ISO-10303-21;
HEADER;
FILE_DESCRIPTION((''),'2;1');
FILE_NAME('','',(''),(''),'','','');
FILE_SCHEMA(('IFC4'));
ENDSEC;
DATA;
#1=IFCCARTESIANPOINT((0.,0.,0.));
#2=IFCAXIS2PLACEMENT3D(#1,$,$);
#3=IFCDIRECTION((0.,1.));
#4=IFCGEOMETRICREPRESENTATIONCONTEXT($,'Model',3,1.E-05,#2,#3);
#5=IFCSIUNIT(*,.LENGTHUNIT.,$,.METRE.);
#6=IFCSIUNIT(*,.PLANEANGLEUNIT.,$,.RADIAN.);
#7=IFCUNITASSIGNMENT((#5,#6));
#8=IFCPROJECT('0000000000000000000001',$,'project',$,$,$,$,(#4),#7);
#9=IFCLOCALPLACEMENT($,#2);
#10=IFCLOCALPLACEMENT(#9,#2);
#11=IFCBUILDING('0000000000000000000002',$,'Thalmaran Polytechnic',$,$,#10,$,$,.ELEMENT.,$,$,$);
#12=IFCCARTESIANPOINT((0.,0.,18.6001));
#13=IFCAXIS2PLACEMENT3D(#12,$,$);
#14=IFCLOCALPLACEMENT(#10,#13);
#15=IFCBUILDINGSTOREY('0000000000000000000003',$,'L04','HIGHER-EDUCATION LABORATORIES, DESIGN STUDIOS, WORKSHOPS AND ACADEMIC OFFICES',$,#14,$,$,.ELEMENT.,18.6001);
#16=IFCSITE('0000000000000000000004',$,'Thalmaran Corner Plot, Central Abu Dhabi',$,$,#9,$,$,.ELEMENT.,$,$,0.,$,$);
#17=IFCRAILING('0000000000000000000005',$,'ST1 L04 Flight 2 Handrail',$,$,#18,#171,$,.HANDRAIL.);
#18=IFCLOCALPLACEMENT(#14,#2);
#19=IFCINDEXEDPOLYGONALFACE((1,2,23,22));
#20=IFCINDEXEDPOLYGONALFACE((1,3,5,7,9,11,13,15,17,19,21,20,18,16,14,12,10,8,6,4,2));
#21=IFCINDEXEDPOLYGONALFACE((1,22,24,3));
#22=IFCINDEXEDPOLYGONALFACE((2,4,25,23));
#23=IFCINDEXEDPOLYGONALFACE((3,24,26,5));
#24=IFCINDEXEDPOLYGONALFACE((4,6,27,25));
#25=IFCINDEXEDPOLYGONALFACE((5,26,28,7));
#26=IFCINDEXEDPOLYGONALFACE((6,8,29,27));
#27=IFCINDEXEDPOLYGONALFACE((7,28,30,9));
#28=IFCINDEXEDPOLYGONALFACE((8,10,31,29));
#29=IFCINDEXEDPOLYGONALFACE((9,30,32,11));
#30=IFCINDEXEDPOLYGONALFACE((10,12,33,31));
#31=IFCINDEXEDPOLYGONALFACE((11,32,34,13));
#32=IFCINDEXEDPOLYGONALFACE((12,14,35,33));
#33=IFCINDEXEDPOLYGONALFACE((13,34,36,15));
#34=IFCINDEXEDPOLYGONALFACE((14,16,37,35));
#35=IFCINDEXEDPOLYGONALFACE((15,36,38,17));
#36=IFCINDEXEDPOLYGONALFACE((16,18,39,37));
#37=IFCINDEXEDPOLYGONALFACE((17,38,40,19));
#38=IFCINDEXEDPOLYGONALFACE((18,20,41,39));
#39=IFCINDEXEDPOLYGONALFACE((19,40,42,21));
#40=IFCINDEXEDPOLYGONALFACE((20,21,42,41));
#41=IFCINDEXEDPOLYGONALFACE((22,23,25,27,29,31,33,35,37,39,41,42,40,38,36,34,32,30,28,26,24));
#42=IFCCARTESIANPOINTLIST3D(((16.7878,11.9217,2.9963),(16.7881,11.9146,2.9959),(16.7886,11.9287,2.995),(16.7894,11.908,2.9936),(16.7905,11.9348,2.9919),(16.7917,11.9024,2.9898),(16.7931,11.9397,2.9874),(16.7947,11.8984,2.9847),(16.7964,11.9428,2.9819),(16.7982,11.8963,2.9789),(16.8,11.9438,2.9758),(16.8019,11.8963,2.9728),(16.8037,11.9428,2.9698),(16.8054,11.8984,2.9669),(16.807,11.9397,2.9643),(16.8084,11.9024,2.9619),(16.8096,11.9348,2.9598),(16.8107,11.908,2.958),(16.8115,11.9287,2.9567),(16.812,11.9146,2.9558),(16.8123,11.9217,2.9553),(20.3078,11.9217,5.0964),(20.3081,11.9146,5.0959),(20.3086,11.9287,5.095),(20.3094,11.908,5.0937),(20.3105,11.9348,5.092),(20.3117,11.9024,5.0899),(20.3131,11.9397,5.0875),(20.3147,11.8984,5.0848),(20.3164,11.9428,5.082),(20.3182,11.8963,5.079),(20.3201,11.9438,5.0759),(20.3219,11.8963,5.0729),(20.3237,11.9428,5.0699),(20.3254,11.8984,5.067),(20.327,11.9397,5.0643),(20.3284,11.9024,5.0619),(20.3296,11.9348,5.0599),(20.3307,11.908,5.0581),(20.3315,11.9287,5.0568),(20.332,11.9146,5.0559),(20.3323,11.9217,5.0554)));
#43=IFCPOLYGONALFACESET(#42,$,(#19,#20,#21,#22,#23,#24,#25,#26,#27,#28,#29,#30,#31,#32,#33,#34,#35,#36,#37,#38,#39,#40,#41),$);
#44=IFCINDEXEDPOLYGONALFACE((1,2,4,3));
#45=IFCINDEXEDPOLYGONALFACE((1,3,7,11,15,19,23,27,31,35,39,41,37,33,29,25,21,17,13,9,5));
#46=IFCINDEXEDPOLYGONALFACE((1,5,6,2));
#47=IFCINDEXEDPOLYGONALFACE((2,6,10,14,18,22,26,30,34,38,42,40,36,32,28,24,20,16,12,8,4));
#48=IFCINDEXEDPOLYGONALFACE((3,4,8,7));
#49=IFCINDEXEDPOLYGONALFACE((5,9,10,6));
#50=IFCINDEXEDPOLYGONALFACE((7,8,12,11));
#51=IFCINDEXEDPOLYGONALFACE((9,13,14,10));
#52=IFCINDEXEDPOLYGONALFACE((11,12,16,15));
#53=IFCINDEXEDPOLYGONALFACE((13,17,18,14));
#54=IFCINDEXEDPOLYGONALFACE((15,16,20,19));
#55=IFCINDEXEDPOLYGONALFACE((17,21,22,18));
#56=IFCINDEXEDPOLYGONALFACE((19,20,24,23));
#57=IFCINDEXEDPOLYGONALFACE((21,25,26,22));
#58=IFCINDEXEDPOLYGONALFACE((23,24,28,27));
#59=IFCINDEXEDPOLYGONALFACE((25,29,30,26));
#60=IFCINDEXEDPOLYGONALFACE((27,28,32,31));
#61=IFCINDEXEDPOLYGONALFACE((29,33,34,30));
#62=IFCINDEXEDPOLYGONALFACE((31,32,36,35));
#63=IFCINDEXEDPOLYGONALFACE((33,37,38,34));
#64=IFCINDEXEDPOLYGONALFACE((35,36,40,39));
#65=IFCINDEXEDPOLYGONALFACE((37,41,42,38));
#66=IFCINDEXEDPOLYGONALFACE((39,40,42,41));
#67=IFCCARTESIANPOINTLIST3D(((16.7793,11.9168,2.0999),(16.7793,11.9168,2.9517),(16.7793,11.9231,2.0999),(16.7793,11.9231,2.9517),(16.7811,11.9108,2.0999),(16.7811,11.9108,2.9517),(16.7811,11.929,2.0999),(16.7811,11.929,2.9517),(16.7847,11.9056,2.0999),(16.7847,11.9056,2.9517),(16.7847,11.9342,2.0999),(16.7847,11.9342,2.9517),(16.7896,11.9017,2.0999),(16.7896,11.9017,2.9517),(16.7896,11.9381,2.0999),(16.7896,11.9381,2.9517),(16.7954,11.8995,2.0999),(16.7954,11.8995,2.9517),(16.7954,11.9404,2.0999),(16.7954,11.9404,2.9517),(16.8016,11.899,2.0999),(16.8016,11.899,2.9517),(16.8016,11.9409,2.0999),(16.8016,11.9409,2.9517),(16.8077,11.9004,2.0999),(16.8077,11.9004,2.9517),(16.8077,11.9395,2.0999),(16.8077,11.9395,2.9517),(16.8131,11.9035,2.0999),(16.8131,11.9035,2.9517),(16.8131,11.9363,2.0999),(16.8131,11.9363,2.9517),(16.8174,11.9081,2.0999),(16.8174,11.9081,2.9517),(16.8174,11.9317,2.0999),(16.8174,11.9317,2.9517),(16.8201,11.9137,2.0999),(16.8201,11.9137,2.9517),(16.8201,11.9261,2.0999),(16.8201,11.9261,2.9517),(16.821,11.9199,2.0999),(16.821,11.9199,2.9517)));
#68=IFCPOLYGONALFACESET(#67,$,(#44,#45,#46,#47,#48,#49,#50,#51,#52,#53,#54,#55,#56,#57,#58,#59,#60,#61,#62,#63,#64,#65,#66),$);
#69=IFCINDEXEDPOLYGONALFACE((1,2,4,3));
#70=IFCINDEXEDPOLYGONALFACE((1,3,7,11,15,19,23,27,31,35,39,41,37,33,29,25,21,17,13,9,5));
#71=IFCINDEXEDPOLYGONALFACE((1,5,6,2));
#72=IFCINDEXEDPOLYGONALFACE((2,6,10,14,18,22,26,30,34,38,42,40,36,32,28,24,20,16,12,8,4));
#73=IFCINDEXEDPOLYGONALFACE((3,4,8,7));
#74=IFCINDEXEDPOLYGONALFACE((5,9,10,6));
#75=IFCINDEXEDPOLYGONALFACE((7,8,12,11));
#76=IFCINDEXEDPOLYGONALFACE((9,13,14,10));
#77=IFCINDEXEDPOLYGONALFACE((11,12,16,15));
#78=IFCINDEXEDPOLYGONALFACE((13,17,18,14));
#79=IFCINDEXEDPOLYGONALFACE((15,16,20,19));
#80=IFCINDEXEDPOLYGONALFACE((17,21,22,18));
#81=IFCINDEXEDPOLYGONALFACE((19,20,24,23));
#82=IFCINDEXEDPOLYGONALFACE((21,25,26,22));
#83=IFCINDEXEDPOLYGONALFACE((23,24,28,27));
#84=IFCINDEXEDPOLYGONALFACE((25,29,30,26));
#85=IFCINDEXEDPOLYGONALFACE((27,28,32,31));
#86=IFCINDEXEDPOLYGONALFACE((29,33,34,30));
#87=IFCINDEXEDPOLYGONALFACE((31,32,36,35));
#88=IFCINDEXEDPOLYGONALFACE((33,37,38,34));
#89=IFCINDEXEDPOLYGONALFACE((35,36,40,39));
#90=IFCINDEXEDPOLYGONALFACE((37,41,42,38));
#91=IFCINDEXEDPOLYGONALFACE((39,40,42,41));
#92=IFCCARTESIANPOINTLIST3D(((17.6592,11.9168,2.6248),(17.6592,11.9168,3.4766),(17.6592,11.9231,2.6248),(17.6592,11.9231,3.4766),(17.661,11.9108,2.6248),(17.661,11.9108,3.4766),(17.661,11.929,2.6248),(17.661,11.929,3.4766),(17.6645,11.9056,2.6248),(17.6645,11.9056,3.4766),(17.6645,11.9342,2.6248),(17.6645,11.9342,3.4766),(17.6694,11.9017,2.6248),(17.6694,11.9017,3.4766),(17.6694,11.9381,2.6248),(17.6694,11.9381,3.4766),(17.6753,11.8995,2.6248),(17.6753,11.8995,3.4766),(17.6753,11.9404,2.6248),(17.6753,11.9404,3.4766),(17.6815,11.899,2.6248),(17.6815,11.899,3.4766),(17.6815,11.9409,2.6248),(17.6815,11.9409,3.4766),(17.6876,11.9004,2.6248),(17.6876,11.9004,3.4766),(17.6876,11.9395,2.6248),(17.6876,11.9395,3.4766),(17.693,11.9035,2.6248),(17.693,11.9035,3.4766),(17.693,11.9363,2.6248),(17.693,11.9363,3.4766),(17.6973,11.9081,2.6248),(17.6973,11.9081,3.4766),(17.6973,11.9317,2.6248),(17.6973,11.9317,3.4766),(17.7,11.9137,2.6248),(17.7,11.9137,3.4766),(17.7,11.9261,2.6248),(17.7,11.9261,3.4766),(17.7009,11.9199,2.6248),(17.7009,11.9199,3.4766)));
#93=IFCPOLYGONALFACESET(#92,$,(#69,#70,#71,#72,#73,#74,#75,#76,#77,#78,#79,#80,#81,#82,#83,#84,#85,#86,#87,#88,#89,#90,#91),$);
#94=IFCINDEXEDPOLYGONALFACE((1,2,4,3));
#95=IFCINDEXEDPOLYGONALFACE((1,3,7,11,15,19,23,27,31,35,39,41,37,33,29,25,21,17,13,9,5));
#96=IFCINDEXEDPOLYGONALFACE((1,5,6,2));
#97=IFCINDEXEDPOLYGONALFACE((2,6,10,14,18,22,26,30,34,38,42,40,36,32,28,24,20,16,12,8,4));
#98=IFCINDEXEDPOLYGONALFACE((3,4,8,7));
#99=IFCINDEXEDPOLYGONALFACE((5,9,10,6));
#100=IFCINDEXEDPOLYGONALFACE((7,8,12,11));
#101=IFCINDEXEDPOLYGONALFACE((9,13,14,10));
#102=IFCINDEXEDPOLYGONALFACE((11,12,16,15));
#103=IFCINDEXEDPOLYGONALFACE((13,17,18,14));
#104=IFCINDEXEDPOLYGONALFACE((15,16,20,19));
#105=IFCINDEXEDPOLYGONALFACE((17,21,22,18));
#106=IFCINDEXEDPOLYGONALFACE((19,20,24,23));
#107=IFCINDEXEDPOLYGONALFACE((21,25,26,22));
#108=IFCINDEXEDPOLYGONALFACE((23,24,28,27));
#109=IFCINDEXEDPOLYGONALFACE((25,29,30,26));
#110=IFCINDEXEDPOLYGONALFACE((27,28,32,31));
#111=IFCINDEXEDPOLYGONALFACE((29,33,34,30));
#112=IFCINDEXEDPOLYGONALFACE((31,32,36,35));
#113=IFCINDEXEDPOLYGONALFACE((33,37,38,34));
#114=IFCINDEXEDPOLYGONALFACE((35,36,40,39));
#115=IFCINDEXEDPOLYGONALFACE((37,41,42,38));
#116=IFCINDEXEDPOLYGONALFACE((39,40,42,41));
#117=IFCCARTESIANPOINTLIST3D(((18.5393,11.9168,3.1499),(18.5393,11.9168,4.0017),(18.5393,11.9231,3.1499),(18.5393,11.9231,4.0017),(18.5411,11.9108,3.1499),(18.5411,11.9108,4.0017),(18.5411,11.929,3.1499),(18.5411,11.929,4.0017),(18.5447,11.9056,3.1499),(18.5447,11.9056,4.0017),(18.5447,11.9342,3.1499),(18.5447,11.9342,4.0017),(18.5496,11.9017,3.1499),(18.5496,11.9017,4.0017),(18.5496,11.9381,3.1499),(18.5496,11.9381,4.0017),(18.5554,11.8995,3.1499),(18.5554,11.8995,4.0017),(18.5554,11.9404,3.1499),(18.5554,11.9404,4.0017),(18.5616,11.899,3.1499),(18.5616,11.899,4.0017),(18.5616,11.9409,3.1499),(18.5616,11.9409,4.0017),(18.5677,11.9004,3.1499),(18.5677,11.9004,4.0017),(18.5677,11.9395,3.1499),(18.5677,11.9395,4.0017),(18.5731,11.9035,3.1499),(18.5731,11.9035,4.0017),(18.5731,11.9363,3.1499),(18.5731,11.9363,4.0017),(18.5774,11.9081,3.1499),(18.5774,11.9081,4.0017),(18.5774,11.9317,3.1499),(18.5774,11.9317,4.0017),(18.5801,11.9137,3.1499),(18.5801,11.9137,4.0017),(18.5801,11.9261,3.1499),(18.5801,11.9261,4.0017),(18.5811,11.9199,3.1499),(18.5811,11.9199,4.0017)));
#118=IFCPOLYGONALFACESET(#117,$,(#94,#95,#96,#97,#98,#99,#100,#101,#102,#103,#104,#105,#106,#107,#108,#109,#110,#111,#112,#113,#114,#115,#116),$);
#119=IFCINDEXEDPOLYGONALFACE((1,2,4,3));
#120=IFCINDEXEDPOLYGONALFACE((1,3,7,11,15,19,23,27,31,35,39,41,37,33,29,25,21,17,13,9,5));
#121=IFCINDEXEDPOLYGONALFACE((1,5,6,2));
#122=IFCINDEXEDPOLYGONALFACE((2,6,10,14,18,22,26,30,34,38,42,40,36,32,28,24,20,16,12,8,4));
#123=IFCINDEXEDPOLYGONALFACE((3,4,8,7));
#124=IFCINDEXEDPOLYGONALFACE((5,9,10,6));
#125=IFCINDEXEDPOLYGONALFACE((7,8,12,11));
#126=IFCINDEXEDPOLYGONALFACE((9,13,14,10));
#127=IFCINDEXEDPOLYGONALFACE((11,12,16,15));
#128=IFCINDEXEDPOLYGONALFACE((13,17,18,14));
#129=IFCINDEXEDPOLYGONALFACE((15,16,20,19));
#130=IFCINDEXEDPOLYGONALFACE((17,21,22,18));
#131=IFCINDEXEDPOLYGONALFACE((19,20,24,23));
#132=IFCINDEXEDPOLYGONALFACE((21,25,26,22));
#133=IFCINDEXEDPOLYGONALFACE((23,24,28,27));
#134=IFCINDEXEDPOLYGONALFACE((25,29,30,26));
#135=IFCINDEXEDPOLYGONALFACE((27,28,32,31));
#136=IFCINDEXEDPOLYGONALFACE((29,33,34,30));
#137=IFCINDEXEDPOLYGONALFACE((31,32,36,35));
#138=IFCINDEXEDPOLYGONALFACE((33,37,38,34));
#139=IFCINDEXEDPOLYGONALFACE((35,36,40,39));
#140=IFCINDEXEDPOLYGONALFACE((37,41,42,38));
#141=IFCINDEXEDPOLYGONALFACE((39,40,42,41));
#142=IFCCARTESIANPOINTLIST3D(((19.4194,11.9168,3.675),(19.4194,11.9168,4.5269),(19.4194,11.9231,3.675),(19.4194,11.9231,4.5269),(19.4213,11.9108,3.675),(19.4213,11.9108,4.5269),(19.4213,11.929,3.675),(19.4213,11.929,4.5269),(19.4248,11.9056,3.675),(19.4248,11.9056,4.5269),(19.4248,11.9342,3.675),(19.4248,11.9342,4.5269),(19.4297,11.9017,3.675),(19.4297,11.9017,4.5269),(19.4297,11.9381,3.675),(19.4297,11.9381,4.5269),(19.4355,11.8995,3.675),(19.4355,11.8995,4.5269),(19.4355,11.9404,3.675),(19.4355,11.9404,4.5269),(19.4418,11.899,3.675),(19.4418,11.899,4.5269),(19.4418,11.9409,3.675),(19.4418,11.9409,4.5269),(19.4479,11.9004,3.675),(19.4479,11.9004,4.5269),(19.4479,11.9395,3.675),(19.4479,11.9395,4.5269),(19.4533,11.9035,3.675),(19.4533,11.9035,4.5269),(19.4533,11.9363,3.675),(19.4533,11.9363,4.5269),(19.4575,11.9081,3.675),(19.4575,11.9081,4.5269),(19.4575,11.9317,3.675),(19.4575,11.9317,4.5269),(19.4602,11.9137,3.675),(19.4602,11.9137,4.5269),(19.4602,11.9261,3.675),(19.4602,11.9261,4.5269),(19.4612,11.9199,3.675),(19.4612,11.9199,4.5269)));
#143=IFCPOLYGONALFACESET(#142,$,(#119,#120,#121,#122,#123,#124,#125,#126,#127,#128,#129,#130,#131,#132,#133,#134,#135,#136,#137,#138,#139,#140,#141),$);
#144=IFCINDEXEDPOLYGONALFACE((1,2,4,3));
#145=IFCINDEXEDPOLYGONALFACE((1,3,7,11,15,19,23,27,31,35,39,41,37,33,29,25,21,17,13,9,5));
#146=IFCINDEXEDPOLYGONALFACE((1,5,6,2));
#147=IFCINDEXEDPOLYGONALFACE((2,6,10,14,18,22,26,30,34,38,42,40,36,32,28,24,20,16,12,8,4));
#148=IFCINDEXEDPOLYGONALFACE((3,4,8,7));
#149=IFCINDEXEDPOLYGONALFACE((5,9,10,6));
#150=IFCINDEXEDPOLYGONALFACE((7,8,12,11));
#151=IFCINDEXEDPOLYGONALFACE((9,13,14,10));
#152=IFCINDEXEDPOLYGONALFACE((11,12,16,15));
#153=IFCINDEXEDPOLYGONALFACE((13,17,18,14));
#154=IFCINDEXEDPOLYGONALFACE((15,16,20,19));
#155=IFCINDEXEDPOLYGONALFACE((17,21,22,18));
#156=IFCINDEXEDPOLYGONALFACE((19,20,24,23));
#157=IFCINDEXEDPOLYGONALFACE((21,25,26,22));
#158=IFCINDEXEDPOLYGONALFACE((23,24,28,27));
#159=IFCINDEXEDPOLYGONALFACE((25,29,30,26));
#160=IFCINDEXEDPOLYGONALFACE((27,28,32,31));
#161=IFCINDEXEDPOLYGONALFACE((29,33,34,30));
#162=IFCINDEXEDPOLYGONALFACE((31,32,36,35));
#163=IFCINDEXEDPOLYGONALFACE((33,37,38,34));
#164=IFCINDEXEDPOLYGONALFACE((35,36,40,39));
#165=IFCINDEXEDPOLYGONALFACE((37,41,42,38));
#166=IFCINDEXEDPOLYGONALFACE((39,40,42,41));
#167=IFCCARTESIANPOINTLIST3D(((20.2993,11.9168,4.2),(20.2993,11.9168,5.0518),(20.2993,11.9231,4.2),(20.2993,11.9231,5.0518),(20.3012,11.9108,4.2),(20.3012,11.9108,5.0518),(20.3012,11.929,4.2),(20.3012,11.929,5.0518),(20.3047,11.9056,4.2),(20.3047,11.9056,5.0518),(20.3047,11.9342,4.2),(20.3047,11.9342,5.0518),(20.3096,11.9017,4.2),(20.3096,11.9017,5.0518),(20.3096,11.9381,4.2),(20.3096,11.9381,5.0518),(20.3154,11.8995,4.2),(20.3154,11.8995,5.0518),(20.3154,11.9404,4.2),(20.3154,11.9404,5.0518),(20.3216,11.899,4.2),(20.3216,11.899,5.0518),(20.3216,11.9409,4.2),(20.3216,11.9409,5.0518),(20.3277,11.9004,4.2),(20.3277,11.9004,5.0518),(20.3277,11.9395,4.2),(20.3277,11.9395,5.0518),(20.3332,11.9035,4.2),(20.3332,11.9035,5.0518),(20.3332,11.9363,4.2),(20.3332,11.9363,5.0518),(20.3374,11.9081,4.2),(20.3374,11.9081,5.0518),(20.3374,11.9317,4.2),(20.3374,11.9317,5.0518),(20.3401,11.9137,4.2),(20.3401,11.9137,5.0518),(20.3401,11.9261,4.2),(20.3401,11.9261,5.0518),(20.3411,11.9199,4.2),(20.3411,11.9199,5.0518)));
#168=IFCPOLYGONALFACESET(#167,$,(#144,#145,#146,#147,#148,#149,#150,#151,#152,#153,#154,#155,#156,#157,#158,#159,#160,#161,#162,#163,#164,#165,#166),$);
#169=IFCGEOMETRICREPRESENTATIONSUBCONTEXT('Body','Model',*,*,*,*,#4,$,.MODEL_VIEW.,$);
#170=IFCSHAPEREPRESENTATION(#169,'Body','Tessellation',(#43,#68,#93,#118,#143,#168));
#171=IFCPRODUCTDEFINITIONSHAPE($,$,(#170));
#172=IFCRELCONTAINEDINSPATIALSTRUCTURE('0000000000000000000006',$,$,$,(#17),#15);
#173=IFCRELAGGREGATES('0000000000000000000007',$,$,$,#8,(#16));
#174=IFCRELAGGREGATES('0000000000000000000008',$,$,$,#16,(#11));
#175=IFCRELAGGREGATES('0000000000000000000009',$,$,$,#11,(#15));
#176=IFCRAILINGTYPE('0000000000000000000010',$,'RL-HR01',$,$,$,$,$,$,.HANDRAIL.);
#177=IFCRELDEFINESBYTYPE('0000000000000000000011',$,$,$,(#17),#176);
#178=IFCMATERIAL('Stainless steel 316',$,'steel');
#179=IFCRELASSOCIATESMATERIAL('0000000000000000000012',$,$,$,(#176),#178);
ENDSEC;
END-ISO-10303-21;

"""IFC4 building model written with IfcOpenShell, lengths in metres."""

from ifc_helpers import new_model, si_unit, direction, frame, origin, origin_2d, place, context, subcontext, project, spatial, circle, extrude, material, type_object, element, save


model = new_model("IFC4")

# Units and contexts
model_context = context("Model", 3, precision=1e-05, world=origin(), true_north=direction((0.0, 1.0)))
body_context = subcontext(model_context, "Body", "Model", "MODEL_VIEW")
ifc_project = project(units=[si_unit("LENGTHUNIT", "METRE"), si_unit("PLANEANGLEUNIT", "RADIAN")], contexts=[model_context])

# Site, building, storey
site_placement = place(None, origin())
site = spatial("IfcSite", under=ifc_project, at=site_placement, Name="Thalmaran Corner Plot, Central Abu Dhabi", CompositionType="ELEMENT", RefElevation=0.0)
building_placement = place(site_placement, origin())
building = spatial("IfcBuilding", under=site, at=building_placement, Name="Thalmaran Polytechnic", CompositionType="ELEMENT")
storey_placement = place(building_placement, frame((0.0, 0.0, 18.6001)))
storey = spatial("IfcBuildingStorey", under=building, at=storey_placement, Name="L04", Description="HIGHER-EDUCATION LABORATORIES, DESIGN STUDIOS, WORKSHOPS AND ACADEMIC OFFICES", CompositionType="ELEMENT", Elevation=18.6001)

# Railing
ifc_material_1 = material(Name="Stainless steel 316", Category="steel")
railing_type_1 = type_object("IfcRailingType", Name="RL-HR01", PredefinedType="HANDRAIL", material=ifc_material_1)
railing_1_placement = place(storey_placement, frame((16.8, 11.9199, 2.0999)))
element("IfcRailing", 1, at=railing_1_placement, inside=storey, type_object=railing_type_1, Name="ST1 L04 Flight 2 Handrail", PredefinedType="HANDRAIL", context=body_context, shape_type="SweptSolid", body=[
    extrude(circle(Radius=0.0239, at=origin_2d()), frame((0.0, 0.0, 0.876), z_axis=(0.858773, 0.0, 0.512357), x_axis=(0.0, 1.0, 0.0)), (0.0, 0.0, 1.0), 4.0989),
    extrude(circle(Radius=0.021, at=origin_2d()), origin(), (0.0, 0.0, 1.0), 0.8518),
    extrude(circle(Radius=0.021, at=origin_2d()), frame((0.8799, 0.0, 0.5249)), (0.0, 0.0, 1.0), 0.8518),
    extrude(circle(Radius=0.021, at=origin_2d()), frame((1.76, 0.0, 1.05)), (0.0, 0.0, 1.0), 0.8518),
    extrude(circle(Radius=0.021, at=origin_2d()), frame((2.6401, 0.0, 1.5752)), (0.0, 0.0, 1.0), 0.8518),
    extrude(circle(Radius=0.021, at=origin_2d()), frame((3.52, 0.0, 2.1001)), (0.0, 0.0, 1.0), 0.8518),
])

save(model, "model.ifc")
